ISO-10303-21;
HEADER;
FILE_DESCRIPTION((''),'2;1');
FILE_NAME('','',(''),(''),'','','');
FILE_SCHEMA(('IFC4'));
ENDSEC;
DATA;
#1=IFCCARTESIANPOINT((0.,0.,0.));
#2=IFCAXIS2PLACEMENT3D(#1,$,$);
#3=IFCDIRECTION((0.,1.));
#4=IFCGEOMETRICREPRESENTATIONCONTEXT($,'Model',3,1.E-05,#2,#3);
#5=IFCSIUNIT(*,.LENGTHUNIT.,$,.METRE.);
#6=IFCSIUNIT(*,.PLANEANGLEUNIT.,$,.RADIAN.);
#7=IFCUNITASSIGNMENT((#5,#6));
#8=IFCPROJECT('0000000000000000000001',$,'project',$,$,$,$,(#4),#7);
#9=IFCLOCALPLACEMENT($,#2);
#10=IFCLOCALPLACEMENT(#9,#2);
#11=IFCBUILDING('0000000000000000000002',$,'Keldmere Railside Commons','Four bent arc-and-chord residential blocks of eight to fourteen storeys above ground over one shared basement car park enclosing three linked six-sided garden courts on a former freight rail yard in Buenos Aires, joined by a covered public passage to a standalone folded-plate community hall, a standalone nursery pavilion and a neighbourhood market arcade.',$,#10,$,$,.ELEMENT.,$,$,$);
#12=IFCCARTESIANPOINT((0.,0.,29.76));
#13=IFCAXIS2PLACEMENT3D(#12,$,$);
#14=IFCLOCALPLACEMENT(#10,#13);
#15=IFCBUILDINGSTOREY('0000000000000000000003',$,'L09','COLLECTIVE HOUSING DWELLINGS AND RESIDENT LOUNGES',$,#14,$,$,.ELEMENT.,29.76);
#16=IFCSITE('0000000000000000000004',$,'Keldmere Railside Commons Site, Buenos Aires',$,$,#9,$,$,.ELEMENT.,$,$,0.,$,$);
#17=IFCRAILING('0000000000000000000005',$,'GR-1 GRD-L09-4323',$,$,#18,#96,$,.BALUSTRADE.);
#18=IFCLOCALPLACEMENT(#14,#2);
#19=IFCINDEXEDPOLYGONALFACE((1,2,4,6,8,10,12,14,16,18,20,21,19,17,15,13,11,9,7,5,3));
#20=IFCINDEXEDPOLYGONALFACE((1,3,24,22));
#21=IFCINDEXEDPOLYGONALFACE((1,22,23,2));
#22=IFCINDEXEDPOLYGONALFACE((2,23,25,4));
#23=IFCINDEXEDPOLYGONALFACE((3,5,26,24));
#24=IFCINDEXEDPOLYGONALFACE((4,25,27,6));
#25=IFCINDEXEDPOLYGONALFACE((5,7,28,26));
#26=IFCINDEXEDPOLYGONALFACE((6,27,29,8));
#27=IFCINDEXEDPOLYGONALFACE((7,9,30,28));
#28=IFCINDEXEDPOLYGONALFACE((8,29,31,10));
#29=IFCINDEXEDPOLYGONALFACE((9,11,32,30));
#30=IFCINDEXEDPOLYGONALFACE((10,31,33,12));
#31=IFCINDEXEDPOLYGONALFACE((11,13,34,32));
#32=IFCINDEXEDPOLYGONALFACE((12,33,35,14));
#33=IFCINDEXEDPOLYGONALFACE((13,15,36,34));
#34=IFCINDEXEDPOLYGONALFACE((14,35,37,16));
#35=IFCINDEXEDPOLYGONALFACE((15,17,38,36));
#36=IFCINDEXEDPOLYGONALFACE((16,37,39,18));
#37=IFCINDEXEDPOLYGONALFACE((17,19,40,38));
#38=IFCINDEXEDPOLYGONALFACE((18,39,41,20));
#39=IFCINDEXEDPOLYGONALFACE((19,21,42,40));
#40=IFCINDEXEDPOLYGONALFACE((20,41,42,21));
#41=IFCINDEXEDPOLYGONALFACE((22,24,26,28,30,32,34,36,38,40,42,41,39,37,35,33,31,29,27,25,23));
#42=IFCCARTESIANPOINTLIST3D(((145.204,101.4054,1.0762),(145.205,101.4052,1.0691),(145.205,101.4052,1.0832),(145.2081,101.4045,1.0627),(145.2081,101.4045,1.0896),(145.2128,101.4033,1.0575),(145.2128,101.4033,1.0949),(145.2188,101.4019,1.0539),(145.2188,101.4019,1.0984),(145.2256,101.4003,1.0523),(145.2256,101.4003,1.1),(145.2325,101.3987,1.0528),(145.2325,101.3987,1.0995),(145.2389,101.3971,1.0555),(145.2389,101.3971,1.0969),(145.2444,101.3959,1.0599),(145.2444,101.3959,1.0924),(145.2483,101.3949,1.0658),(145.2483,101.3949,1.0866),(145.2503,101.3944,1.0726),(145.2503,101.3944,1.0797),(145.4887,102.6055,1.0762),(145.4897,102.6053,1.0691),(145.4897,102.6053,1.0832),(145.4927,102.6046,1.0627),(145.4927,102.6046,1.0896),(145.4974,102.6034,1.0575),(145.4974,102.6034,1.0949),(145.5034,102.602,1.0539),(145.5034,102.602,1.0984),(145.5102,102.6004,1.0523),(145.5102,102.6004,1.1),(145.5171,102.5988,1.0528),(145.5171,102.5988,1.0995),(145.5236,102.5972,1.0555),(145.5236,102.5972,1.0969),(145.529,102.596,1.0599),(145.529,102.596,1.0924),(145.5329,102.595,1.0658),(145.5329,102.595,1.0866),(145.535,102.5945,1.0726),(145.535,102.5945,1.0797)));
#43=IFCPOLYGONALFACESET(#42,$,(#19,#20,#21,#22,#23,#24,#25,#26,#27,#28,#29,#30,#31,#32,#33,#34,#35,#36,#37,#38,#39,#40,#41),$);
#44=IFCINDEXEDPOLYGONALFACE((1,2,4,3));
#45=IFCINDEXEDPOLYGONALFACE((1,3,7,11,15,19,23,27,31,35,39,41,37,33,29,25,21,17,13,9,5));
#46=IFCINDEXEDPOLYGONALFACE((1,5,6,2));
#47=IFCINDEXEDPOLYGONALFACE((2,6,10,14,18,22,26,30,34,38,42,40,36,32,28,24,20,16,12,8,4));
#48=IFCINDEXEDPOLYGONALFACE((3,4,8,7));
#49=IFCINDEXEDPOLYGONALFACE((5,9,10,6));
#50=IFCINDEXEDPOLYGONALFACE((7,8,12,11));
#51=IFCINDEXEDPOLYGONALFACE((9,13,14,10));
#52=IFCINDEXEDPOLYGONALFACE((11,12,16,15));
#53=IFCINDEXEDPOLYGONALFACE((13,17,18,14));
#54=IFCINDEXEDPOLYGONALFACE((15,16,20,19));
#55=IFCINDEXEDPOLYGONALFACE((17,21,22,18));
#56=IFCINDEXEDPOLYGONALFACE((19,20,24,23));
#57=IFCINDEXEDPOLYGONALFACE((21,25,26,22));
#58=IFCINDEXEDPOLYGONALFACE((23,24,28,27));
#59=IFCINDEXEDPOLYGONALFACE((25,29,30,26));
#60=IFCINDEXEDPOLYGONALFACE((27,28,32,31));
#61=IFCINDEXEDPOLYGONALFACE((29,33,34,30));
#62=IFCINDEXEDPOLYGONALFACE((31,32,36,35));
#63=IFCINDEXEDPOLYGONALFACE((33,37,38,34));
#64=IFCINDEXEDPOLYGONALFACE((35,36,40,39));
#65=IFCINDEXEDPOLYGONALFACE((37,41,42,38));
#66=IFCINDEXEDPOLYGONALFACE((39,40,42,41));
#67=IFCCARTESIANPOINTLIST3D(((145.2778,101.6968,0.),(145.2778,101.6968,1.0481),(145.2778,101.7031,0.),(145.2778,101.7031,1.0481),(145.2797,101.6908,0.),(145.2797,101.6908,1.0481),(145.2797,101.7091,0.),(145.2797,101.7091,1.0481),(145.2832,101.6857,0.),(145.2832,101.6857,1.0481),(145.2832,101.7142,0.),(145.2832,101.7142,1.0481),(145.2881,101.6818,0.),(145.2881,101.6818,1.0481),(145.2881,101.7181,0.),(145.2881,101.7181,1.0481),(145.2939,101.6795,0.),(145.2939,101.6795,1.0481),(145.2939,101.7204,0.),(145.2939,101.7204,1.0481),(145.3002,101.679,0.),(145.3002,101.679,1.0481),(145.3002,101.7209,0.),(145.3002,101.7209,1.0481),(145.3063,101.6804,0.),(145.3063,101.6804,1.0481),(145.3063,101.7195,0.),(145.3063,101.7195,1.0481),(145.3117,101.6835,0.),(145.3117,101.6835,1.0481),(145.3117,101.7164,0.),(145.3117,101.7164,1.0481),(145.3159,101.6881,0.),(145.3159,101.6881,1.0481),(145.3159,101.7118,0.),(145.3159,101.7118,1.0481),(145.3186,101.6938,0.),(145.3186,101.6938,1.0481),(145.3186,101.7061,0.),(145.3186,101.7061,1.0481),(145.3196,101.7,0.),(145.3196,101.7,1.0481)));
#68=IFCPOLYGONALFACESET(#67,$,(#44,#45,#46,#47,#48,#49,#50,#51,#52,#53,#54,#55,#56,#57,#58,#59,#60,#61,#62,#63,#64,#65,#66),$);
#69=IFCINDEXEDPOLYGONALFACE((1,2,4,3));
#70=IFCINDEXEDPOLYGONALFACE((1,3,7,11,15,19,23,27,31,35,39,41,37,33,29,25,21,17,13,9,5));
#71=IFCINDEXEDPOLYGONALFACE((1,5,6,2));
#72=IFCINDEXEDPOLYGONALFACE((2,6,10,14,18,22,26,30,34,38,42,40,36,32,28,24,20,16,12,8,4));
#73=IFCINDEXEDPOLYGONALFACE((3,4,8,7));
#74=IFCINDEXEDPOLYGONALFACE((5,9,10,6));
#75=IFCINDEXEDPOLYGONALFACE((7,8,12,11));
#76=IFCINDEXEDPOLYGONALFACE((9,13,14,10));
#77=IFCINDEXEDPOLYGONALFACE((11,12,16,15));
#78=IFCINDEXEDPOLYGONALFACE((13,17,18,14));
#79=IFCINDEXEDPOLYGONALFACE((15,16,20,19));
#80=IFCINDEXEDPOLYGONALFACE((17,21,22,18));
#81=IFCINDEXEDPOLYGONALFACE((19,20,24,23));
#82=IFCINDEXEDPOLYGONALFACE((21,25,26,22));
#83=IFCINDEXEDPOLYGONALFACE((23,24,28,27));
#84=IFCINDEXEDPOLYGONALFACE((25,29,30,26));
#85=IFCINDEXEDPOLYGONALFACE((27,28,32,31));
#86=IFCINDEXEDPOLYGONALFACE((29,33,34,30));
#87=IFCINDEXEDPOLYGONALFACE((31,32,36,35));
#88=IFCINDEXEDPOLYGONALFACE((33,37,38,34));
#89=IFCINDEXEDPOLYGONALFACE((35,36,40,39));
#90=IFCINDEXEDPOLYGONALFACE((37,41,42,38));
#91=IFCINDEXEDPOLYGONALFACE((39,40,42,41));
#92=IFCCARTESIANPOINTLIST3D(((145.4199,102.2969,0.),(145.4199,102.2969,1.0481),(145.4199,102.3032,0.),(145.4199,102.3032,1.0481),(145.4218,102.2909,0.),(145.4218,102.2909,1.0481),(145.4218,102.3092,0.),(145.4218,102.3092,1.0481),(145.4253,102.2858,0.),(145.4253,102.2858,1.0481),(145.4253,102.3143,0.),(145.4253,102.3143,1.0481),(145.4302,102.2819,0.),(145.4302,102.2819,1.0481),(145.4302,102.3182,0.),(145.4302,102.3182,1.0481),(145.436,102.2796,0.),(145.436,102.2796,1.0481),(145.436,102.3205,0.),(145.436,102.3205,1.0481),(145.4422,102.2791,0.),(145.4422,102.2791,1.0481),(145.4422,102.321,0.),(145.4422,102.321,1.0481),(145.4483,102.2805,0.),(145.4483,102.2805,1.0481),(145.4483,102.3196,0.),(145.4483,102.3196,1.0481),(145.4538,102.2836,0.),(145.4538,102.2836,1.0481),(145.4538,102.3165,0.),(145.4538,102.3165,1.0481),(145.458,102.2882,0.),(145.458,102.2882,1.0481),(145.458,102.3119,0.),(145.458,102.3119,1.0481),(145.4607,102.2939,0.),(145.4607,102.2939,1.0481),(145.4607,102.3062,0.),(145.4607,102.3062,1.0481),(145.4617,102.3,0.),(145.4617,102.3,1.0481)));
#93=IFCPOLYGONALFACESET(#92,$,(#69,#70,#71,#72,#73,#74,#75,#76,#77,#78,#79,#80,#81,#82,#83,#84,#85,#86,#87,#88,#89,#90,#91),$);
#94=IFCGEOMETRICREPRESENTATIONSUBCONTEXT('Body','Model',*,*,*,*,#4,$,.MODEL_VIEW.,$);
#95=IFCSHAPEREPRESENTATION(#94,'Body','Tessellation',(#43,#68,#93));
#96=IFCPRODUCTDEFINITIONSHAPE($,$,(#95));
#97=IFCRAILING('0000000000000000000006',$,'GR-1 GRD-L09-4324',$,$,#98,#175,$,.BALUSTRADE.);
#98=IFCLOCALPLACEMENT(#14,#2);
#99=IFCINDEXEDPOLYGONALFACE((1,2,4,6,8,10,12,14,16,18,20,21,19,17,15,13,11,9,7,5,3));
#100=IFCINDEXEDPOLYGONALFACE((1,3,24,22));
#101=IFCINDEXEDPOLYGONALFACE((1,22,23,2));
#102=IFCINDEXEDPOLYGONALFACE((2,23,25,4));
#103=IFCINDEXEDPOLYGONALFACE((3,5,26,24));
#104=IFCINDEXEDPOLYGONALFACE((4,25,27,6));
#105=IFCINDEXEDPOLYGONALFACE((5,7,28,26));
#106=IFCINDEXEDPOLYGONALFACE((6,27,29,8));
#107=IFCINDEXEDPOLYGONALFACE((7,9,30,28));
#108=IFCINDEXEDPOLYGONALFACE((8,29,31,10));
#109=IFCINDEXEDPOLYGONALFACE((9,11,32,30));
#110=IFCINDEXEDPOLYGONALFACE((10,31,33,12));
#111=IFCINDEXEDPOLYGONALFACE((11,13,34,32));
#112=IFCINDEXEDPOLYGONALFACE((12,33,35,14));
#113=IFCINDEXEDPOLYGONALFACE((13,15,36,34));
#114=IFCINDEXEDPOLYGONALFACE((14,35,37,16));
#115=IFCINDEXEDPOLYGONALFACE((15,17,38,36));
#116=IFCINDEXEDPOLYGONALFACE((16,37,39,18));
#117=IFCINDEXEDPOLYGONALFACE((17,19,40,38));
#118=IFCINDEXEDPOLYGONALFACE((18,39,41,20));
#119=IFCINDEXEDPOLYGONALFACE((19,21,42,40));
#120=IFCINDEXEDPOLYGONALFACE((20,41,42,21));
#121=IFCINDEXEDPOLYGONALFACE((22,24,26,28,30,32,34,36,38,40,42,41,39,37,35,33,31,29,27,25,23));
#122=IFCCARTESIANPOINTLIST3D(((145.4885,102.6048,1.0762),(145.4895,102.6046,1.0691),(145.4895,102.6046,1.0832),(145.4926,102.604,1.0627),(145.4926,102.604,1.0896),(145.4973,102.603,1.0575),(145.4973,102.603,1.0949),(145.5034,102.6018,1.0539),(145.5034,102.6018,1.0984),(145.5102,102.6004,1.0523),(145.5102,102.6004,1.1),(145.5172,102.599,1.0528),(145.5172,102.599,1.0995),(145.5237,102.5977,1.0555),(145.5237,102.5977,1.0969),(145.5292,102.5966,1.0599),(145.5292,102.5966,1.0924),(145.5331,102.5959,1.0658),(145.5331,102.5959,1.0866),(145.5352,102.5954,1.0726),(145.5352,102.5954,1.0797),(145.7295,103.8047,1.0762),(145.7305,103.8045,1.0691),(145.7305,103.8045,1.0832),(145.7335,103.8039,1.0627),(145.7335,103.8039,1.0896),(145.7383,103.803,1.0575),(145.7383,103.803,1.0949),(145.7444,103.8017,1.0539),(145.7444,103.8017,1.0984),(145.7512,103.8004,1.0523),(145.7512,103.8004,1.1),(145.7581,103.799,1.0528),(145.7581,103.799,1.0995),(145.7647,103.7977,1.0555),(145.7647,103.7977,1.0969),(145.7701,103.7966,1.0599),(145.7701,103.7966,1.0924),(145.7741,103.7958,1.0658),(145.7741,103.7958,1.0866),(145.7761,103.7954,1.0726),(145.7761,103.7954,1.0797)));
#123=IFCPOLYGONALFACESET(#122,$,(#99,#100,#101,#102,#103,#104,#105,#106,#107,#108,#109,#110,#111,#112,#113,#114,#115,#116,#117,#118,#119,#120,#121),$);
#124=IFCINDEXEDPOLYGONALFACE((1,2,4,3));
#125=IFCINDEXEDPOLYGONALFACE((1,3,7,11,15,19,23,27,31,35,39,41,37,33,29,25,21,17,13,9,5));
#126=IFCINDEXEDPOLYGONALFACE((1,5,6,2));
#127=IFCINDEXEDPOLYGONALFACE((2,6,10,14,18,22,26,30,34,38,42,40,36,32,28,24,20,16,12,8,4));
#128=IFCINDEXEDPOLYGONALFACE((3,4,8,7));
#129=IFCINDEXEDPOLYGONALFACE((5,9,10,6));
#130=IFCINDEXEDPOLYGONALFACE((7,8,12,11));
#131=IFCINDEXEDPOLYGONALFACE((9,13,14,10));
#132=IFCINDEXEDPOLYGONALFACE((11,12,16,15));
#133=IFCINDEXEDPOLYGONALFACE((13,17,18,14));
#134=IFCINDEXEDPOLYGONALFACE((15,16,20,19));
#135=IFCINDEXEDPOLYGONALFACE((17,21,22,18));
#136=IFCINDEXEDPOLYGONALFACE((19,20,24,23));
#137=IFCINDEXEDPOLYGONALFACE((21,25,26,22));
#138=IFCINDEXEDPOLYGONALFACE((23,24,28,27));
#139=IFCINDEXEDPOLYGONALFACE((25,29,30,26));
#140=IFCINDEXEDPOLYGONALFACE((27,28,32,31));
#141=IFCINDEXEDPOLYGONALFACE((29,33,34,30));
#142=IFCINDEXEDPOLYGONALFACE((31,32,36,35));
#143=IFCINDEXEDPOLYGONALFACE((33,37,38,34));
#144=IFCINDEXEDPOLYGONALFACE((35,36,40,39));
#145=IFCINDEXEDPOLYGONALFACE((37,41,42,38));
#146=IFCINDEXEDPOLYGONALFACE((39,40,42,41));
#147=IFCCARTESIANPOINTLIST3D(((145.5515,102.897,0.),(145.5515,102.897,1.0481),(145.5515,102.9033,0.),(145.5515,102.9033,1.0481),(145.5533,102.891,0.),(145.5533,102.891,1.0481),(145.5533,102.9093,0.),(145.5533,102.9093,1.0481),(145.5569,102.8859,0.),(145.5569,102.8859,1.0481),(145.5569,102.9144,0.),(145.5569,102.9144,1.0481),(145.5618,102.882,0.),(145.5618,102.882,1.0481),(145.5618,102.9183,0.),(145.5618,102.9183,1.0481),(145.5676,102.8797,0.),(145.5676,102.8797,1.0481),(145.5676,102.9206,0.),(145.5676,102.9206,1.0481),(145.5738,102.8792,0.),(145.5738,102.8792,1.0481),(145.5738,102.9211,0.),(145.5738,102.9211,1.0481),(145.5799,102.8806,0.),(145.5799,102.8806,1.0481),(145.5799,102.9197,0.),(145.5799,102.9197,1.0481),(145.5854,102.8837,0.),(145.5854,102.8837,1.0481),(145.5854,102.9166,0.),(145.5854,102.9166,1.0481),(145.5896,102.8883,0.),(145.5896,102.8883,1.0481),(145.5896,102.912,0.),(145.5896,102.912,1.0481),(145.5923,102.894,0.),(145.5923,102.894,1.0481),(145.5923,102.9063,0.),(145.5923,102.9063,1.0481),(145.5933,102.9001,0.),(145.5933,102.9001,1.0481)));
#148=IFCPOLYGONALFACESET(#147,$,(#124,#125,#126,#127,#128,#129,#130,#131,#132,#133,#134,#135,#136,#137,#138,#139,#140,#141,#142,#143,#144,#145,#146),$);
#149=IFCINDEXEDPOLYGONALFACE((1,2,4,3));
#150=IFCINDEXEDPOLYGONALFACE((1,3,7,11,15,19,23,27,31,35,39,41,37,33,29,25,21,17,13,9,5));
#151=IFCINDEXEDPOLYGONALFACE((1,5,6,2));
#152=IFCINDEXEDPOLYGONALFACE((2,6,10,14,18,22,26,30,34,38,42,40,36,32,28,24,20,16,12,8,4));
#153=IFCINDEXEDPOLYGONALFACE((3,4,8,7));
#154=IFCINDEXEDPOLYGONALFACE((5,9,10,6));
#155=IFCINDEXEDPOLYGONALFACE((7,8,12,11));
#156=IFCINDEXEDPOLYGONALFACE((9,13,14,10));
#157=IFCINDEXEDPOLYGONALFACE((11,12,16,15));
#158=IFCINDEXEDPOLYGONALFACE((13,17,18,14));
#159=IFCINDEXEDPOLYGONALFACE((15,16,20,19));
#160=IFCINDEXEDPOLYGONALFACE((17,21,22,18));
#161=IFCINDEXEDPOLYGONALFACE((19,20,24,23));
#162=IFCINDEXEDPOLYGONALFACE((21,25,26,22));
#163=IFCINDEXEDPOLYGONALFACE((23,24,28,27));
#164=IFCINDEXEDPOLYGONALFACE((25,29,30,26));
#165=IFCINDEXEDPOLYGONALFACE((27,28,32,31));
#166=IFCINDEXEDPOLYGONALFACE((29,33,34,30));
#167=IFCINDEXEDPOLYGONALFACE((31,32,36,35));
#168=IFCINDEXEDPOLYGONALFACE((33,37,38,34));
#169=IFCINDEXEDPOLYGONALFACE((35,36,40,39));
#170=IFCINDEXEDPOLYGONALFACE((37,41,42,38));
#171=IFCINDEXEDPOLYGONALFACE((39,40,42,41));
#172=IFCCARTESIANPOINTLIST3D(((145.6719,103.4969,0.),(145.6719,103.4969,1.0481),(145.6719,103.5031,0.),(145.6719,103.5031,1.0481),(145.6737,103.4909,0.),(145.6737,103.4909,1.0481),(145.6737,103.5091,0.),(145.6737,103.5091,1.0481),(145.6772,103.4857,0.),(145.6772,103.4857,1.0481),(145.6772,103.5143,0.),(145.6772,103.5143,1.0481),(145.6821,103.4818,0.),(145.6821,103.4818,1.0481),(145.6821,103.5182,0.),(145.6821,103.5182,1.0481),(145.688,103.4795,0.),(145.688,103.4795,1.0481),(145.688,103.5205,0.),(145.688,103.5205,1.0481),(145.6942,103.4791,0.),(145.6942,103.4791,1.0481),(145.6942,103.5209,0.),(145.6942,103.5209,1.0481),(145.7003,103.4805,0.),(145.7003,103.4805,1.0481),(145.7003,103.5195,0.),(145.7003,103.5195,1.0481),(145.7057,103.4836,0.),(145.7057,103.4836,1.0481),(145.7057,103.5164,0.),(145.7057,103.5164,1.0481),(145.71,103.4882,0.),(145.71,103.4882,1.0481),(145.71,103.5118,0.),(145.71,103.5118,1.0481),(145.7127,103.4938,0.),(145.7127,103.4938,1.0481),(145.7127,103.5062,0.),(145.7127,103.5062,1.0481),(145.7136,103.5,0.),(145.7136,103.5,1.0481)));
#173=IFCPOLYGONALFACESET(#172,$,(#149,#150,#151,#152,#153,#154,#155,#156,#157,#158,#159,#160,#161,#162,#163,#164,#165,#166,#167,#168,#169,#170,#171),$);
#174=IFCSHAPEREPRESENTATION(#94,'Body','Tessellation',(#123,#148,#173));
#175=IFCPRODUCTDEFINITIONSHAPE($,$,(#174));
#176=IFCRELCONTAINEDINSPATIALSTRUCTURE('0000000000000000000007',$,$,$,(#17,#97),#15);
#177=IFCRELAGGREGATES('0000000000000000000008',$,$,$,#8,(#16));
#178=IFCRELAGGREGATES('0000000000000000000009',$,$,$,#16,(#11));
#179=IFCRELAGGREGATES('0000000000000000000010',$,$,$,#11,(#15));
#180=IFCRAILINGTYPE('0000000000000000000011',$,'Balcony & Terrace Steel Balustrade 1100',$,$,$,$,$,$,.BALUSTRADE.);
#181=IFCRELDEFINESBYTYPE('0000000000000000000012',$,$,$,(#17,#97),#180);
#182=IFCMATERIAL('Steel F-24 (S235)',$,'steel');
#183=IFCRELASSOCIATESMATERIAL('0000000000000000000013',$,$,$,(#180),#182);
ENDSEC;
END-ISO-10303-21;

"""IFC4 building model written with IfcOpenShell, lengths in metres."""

from ifc_helpers import new_model, si_unit, direction, frame, origin, origin_2d, place, context, subcontext, project, spatial, circle, extrude, material, type_object, element, save


model = new_model("IFC4")

# Units and contexts
model_context = context("Model", 3, precision=1e-05, world=origin(), true_north=direction((0.0, 1.0)))
body_context = subcontext(model_context, "Body", "Model", "MODEL_VIEW")
ifc_project = project(units=[si_unit("LENGTHUNIT", "METRE"), si_unit("PLANEANGLEUNIT", "RADIAN")], contexts=[model_context])

# Site, building, storey
site_placement = place(None, origin())
site = spatial("IfcSite", under=ifc_project, at=site_placement, Name="Keldmere Railside Commons Site, Buenos Aires", CompositionType="ELEMENT", RefElevation=0.0)
building_placement = place(site_placement, origin())
building = spatial("IfcBuilding", under=site, at=building_placement, Name="Keldmere Railside Commons", Description="Four bent arc-and-chord residential blocks of eight to fourteen storeys above ground over one shared basement car park enclosing three linked six-sided garden courts on a former freight rail yard in Buenos Aires, joined by a covered public passage to a standalone folded-plate community hall, a standalone nursery pavilion and a neighbourhood market arcade.", CompositionType="ELEMENT")
storey_placement = place(building_placement, frame((0.0, 0.0, 29.76)))
storey = spatial("IfcBuildingStorey", under=building, at=storey_placement, Name="L09", Description="COLLECTIVE HOUSING DWELLINGS AND RESIDENT LOUNGES", CompositionType="ELEMENT", Elevation=29.76)

# Shared definitions
ifc_material_1 = material(Name="Steel F-24 (S235)", Category="steel")

# Railings
railing_type = type_object("IfcRailingType", Name="Balcony & Terrace Steel Balustrade 1100", PredefinedType="BALUSTRADE", material=ifc_material_1)
railing_1_placement = place(storey_placement, frame((145.2273, 101.3999, 0.0)))
element("IfcRailing", 1, at=railing_1_placement, inside=storey, type_object=railing_type, Name="GR-1 GRD-L09-4323", PredefinedType="BALUSTRADE", context=body_context, shape_type="SweptSolid", body=[
    extrude(circle(Radius=0.0239, at=origin_2d()), frame((0.0, 0.0, 1.0762), z_axis=(0.230782, 0.973005, 0.0), x_axis=(-0.973005, 0.230782, 0.0)), (0.0, 0.0, 1.0), 1.2334),
    extrude(circle(Radius=0.021, at=origin_2d()), frame((0.0713, 0.3, 0.0)), (0.0, 0.0, 1.0), 1.0481),
    extrude(circle(Radius=0.021, at=origin_2d()), frame((0.2134, 0.9001, 0.0)), (0.0, 0.0, 1.0), 1.0481),
])
railing_2_placement = place(storey_placement, frame((145.512, 102.6001, 0.0)))
element("IfcRailing", 2, at=railing_2_placement, inside=storey, type_object=railing_type, Name="GR-1 GRD-L09-4324", PredefinedType="BALUSTRADE", context=body_context, shape_type="SweptSolid", body=[
    extrude(circle(Radius=0.0239, at=origin_2d()), frame((0.0, 0.0, 1.0762), z_axis=(0.196883, 0.980427, 0.0), x_axis=(-0.980427, 0.196883, 0.0)), (0.0, 0.0, 1.0), 1.2239),
    extrude(circle(Radius=0.021, at=origin_2d()), frame((0.0603, 0.3, 0.0)), (0.0, 0.0, 1.0), 1.0481),
    extrude(circle(Radius=0.021, at=origin_2d()), frame((0.1807, 0.8999, 0.0)), (0.0, 0.0, 1.0), 1.0481),
])

save(model, "model.ifc")
